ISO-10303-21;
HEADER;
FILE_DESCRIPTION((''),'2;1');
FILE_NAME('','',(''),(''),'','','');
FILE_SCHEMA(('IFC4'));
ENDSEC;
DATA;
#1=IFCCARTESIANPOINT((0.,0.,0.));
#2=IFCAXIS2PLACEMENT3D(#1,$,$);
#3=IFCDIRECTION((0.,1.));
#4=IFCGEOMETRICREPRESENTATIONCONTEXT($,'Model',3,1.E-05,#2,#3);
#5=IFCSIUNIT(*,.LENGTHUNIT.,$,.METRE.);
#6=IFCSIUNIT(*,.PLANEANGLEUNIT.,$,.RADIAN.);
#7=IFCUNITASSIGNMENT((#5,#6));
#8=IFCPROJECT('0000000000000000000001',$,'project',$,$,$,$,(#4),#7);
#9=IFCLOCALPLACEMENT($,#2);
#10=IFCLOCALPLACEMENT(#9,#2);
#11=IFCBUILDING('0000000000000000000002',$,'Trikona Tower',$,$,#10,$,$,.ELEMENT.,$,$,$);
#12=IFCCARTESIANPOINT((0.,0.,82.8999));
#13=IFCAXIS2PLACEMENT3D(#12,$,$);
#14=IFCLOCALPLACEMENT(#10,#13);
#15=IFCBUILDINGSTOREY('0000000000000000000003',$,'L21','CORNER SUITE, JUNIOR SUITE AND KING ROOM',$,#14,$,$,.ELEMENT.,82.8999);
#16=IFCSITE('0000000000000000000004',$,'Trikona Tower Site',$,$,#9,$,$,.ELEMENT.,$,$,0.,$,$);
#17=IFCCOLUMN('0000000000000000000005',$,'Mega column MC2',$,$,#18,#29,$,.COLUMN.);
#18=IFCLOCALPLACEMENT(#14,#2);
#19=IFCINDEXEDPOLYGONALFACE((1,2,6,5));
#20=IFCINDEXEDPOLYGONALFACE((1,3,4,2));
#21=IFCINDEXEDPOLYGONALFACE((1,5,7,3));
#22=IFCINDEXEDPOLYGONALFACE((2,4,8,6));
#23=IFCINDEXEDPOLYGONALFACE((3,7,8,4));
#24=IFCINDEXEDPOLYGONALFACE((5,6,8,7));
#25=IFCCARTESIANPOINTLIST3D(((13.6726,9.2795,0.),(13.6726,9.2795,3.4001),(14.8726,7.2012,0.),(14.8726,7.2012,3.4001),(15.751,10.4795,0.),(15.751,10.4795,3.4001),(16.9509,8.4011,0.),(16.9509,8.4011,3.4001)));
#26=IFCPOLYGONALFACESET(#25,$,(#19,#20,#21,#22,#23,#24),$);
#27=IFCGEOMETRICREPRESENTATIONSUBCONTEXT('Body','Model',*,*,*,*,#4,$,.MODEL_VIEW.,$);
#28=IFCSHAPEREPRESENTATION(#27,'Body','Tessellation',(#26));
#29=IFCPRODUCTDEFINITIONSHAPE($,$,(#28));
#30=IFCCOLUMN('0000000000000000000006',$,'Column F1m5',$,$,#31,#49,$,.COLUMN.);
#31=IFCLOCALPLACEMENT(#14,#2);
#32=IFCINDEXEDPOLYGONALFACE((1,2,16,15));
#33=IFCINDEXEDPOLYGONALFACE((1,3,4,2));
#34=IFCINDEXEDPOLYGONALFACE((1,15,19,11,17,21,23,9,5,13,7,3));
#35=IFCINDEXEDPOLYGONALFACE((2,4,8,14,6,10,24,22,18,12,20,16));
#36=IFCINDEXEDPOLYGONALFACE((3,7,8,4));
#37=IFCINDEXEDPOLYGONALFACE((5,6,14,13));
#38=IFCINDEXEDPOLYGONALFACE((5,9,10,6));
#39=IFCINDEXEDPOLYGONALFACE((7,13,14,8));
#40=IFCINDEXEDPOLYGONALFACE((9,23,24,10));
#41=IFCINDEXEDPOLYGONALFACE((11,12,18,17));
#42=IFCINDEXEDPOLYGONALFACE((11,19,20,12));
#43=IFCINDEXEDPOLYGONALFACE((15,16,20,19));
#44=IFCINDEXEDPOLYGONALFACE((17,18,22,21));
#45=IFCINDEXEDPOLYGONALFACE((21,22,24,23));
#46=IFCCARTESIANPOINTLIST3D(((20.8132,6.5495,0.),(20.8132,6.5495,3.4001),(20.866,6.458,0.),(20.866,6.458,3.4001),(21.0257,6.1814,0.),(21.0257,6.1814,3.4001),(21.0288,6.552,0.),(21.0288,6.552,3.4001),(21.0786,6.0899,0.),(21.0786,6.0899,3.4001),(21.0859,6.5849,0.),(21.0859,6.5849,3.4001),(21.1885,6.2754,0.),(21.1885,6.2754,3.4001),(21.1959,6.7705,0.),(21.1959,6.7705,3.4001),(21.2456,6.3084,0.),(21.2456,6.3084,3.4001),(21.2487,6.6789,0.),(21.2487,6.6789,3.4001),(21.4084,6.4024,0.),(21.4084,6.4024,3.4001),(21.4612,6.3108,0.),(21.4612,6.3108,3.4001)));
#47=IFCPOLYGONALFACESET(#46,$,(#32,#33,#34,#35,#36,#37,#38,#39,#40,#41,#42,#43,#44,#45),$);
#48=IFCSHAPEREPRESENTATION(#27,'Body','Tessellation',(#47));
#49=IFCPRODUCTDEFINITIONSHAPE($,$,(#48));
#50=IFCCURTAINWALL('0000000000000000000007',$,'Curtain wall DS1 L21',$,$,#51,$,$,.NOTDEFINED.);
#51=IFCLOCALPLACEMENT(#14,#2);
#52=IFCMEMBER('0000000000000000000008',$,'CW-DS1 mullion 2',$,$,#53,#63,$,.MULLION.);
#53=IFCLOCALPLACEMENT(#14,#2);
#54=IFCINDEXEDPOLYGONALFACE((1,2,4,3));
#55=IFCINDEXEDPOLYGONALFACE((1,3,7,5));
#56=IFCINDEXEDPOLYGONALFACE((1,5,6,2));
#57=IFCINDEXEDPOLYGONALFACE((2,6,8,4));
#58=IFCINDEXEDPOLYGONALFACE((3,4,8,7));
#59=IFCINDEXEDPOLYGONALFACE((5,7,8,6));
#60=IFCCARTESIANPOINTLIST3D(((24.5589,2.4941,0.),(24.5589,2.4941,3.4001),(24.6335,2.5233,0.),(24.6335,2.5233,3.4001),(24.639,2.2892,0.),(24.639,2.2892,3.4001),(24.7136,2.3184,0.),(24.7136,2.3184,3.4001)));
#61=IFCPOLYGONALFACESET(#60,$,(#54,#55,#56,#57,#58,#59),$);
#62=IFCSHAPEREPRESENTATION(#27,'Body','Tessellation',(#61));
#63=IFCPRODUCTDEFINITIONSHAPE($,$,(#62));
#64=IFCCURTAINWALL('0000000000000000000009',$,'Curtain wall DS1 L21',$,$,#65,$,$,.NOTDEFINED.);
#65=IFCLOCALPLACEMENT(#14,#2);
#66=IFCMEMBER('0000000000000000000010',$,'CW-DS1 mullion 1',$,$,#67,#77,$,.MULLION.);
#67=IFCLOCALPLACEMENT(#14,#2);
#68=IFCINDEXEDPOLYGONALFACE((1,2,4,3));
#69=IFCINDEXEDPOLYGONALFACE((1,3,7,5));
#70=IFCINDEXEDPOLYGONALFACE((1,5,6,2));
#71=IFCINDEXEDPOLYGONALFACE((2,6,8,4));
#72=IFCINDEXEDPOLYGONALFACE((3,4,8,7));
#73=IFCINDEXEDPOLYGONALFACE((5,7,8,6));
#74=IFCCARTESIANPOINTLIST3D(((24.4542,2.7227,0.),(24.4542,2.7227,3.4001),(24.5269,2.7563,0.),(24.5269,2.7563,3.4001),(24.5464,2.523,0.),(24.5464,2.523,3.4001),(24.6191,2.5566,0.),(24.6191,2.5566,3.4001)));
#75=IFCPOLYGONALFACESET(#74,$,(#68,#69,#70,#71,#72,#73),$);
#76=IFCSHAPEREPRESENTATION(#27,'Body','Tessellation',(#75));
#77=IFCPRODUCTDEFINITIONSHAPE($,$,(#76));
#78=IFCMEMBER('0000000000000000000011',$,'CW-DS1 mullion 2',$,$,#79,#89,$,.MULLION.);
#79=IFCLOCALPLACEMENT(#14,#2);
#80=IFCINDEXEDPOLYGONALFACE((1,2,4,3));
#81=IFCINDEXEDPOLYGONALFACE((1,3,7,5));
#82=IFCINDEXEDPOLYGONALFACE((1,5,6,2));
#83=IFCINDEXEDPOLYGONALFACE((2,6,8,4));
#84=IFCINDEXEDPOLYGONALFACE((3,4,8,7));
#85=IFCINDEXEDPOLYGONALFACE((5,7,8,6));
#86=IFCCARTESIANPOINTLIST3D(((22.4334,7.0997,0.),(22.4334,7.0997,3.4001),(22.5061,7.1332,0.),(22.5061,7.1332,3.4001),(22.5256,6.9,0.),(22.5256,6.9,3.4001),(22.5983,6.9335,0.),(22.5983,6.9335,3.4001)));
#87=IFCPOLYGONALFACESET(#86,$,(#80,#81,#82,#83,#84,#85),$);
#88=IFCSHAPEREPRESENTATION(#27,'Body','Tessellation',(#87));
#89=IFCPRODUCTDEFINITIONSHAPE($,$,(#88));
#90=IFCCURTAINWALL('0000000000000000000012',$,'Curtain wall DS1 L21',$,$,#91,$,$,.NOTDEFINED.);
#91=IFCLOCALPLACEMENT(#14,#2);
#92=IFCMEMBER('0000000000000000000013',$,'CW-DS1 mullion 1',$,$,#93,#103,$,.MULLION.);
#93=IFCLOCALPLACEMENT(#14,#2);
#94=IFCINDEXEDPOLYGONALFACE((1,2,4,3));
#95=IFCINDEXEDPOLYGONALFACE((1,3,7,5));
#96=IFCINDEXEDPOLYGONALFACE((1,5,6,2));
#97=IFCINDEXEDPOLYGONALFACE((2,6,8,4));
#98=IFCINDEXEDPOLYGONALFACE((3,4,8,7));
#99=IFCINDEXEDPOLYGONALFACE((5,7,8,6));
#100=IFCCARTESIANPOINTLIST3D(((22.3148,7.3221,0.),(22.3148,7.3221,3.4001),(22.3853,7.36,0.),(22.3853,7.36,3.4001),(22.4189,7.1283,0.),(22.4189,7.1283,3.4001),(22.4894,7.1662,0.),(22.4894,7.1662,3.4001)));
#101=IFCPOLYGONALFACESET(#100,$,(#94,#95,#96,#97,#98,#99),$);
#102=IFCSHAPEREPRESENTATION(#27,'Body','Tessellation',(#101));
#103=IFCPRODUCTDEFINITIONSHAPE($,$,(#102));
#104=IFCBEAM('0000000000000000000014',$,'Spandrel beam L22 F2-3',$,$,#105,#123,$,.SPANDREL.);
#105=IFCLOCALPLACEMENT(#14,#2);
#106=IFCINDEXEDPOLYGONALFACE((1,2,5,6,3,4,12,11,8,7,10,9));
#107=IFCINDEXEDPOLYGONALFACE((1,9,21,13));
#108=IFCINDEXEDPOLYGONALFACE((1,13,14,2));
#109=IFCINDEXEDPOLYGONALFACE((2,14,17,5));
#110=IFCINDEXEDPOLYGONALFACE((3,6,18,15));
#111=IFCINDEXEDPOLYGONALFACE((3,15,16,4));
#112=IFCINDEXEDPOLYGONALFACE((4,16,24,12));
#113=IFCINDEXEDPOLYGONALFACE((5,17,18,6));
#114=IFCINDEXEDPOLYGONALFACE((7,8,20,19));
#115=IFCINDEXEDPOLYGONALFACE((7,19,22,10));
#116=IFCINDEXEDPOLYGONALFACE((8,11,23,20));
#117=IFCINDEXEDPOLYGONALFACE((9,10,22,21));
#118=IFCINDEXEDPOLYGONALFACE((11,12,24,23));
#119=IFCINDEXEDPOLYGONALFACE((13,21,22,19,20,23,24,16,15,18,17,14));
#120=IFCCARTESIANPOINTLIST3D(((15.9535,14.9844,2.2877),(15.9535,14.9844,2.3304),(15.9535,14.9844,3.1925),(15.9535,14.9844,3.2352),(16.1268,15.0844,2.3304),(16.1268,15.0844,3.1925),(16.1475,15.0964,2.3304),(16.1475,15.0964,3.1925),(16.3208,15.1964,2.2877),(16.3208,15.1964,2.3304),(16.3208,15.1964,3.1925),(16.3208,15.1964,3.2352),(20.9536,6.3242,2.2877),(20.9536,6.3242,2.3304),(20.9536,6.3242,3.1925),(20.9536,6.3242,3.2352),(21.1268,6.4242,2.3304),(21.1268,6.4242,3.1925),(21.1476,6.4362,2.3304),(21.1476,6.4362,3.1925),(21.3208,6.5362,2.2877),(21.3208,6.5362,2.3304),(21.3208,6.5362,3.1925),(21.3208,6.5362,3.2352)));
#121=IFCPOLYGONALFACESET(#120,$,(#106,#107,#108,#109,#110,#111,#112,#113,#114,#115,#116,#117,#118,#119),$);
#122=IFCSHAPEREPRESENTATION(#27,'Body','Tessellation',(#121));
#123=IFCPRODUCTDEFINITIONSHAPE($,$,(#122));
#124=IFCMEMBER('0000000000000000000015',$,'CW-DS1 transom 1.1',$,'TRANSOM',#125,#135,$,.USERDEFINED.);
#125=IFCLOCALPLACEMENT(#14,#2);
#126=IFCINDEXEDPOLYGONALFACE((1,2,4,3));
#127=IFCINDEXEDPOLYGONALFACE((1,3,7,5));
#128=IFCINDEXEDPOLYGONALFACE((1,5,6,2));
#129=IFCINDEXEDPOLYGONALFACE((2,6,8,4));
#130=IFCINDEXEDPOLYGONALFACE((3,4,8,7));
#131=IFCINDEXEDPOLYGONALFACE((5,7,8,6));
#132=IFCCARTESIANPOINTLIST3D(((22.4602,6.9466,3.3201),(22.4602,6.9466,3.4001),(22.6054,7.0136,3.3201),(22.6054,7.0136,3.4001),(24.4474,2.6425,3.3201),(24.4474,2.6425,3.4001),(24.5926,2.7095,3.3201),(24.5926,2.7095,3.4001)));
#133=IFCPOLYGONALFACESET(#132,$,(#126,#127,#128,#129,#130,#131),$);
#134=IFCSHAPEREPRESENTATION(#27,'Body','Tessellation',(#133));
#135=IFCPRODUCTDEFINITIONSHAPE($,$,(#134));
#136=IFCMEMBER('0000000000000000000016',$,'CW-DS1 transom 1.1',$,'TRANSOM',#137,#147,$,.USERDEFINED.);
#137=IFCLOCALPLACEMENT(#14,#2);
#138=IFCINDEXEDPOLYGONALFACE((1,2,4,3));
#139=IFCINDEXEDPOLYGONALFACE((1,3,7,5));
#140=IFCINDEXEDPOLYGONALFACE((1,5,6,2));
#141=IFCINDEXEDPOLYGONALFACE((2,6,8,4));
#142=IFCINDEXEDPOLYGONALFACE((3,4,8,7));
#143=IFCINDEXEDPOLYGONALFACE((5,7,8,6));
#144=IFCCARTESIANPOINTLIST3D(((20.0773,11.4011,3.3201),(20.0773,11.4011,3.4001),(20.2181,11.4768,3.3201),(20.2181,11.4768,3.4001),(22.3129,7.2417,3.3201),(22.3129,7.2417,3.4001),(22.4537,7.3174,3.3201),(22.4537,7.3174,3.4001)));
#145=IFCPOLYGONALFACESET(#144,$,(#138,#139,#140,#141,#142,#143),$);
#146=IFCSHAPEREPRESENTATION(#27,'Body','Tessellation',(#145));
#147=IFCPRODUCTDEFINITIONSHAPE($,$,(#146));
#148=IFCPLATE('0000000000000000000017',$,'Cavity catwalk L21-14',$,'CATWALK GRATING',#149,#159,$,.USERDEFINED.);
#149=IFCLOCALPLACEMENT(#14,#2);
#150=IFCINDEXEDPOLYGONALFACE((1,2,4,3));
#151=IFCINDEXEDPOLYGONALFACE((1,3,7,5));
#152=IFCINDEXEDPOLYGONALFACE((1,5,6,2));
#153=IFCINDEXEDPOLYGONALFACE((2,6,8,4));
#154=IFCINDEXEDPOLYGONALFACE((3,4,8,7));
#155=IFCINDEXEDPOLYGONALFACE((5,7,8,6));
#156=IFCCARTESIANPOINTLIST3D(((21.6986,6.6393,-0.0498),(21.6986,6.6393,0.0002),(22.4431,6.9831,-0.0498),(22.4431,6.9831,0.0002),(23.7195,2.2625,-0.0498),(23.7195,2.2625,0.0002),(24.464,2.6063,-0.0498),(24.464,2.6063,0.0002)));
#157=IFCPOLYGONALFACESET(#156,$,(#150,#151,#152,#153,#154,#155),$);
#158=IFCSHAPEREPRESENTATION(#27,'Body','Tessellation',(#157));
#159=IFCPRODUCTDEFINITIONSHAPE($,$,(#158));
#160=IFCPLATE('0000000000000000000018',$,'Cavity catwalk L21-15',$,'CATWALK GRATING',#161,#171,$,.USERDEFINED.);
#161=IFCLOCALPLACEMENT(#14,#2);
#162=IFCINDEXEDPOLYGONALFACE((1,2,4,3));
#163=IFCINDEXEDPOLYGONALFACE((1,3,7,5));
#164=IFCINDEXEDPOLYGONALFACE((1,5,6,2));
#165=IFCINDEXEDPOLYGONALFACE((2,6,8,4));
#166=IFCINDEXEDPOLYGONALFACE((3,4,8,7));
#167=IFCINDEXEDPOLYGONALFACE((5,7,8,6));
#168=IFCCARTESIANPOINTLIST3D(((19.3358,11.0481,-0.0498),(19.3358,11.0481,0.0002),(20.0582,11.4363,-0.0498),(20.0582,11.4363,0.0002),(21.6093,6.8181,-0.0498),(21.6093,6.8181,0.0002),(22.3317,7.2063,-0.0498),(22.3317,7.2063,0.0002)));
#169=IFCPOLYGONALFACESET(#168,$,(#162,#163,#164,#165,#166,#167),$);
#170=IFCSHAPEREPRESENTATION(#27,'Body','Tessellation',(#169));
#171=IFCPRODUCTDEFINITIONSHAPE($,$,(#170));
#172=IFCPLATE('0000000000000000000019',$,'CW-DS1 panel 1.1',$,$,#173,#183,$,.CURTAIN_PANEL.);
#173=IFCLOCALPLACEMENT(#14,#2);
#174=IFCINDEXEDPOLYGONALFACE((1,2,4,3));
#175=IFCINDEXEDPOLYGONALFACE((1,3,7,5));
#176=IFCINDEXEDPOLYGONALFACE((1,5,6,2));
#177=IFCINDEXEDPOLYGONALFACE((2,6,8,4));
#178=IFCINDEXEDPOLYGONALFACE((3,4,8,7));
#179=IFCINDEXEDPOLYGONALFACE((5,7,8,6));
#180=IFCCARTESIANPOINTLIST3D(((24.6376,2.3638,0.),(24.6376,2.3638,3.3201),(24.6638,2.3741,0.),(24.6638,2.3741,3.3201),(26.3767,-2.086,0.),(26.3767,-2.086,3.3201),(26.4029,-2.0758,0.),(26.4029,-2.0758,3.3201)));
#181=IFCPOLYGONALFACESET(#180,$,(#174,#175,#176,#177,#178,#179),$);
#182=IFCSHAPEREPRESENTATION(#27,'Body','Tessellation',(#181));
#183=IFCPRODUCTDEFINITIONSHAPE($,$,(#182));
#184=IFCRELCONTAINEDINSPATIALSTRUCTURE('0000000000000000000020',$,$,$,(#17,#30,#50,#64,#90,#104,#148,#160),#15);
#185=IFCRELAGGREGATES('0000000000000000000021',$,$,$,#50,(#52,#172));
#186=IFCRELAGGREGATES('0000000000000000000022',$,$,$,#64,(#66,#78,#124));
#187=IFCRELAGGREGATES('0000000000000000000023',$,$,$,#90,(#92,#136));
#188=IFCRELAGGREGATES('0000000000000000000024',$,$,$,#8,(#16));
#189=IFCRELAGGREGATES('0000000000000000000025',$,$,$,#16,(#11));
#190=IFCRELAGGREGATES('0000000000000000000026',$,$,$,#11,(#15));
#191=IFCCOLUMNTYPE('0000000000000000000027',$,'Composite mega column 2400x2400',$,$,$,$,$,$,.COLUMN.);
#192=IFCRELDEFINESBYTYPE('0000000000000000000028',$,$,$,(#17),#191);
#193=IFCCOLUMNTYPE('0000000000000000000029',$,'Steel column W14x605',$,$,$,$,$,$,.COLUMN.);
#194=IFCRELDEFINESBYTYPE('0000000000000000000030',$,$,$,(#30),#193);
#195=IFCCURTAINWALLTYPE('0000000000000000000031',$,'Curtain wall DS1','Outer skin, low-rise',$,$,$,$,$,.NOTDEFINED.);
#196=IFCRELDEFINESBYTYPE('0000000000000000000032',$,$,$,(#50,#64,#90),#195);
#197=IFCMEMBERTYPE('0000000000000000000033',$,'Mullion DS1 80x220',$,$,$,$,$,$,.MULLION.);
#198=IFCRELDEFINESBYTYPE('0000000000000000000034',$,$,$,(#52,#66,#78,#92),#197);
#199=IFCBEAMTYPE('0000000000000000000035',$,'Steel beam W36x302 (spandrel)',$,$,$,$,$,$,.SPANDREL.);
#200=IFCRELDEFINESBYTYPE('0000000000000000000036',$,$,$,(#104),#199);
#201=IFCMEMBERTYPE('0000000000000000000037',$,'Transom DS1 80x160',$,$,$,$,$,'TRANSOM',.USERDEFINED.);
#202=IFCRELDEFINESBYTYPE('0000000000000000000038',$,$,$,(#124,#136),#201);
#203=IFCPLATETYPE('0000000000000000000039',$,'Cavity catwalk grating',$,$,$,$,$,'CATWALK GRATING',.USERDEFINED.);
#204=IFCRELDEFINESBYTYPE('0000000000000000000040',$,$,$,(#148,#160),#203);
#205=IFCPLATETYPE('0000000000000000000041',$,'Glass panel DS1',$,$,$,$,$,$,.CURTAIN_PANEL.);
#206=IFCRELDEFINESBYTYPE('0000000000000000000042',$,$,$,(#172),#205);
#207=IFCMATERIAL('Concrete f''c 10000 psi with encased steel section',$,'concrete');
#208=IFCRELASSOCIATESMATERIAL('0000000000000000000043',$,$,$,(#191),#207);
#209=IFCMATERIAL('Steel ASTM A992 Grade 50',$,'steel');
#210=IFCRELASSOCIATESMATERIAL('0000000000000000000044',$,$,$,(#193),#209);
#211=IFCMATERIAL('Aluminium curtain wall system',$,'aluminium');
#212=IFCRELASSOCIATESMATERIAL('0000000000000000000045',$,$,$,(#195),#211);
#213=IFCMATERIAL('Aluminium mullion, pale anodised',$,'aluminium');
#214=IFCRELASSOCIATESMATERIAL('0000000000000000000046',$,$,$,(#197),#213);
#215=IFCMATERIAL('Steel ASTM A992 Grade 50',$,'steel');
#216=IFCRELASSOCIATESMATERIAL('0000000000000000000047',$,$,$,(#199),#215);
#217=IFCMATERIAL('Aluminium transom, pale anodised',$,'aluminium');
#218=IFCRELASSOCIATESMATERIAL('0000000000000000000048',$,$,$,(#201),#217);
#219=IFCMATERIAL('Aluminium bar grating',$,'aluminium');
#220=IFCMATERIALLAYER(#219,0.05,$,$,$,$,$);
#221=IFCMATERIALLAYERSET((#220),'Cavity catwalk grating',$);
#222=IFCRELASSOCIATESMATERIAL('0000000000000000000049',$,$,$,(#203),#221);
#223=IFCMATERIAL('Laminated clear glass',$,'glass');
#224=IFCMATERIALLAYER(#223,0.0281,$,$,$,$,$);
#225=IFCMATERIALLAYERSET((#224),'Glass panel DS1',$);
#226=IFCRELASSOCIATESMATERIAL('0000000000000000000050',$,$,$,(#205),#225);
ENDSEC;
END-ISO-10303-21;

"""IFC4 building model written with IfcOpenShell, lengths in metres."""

from ifc_helpers import new_model, si_unit, direction, frame, origin, origin_2d, place, context, subcontext, project, spatial, rectangle, i_section, extrude, material, layer, layer_set, material_profile, profile_set, type_object, element, aggregate, save


model = new_model("IFC4")

# Units and contexts
model_context = context("Model", 3, precision=1e-05, world=origin(), true_north=direction((0.0, 1.0)))
body_context = subcontext(model_context, "Body", "Model", "MODEL_VIEW")
ifc_project = project(units=[si_unit("LENGTHUNIT", "METRE"), si_unit("PLANEANGLEUNIT", "RADIAN")], contexts=[model_context])

# Site, building, storey
site_placement = place(None, origin())
site = spatial("IfcSite", under=ifc_project, at=site_placement, Name="Trikona Tower Site", CompositionType="ELEMENT", RefElevation=0.0)
building_placement = place(site_placement, origin())
building = spatial("IfcBuilding", under=site, at=building_placement, Name="Trikona Tower", CompositionType="ELEMENT")
storey_placement = place(building_placement, frame((0.0, 0.0, 82.8999)))
storey = spatial("IfcBuildingStorey", under=building, at=storey_placement, Name="L21", Description="CORNER SUITE, JUNIOR SUITE AND KING ROOM", CompositionType="ELEMENT", Elevation=82.8999)

# Columns
ifc_material_1 = material(Name="Concrete f'c 10000 psi with encased steel section", Category="concrete")
ifc_material_profile_1 = material_profile(ifc_material_1, rectangle(XDim=2.3999, YDim=2.3999, at=origin_2d()), Name="MC2400")
ifc_profile_set_1 = profile_set([ifc_material_profile_1], Name="Concrete f'c 10000 psi with encased steel section")
column_type_1 = type_object("IfcColumnType", Name="Composite mega column 2400x2400", PredefinedType="COLUMN", material=ifc_profile_set_1)
column_1_placement = place(storey_placement, frame((15.3118, 8.8403, 0.0), z_axis=(0.0, 0.0, 1.0), x_axis=(0.866025, 0.5, 0.0)))
element("IfcColumn", 1, at=column_1_placement, inside=storey, type_object=column_type_1, Name="Mega column MC2", PredefinedType="COLUMN", context=body_context, shape_type="SweptSolid", body=[
    extrude(rectangle(XDim=2.3999, YDim=2.3999, at=origin_2d()), origin(), (0.0, 0.0, 1.0), 3.4001),
])
ifc_material_2 = material(Name="Steel ASTM A992 Grade 50", Category="steel")
ifc_material_profile_2 = material_profile(ifc_material_2, i_section(OverallWidth=0.4419, OverallDepth=0.5308, WebThickness=0.0659, FlangeThickness=0.1057, at=origin_2d()), Name="W14X605")
ifc_profile_set_2 = profile_set([ifc_material_profile_2], Name="Steel ASTM A992 Grade 50")
column_type_2 = type_object("IfcColumnType", Name="Steel column W14x605", PredefinedType="COLUMN", material=ifc_profile_set_2)
column_2_placement = place(storey_placement, frame((21.1372, 6.4302, 0.0), z_axis=(0.0, 0.0, 1.0), x_axis=(0.866025, 0.5, 0.0)))
element("IfcColumn", 2, at=column_2_placement, inside=storey, type_object=column_type_2, Name="Column F1m5", PredefinedType="COLUMN", context=body_context, shape_type="SweptSolid", body=[
    extrude(i_section(OverallWidth=0.4419, OverallDepth=0.5308, WebThickness=0.0659, FlangeThickness=0.1057, at=origin_2d()), origin(), (0.0, 0.0, 1.0), 3.4001),
])

# Curtain wall, member
ifc_material_3 = material(Name="Aluminium curtain wall system", Category="aluminium")
curtain_wall_type = type_object("IfcCurtainWallType", Name="Curtain wall DS1", Description="Outer skin, low-rise", PredefinedType="NOTDEFINED", material=ifc_material_3)
curtain_wall_1_placement = place(storey_placement, origin())
curtain_wall_1 = element("IfcCurtainWall", 3, at=curtain_wall_1_placement, inside=storey, type_object=curtain_wall_type, Name="Curtain wall DS1 L21", PredefinedType="NOTDEFINED")
ifc_material_4 = material(Name="Aluminium mullion, pale anodised", Category="aluminium")
ifc_material_profile_3 = material_profile(ifc_material_4, rectangle(XDim=0.0801, YDim=0.22, at=origin_2d()), Name="MUL-DS1")
ifc_profile_set_3 = profile_set([ifc_material_profile_3], Name="Aluminium mullion, pale anodised")
member_type_1 = type_object("IfcMemberType", Name="Mullion DS1 80x220", PredefinedType="MULLION", material=ifc_profile_set_3)
member_1_placement = place(storey_placement, frame((24.6362, 2.4062, 0.0), z_axis=(0.0, 0.0, 1.0), x_axis=(-0.931396, -0.364008, 0.0)))
member_1 = element("IfcMember", 4, at=member_1_placement, type_object=member_type_1, Name="CW-DS1 mullion 2", PredefinedType="MULLION", context=body_context, shape_type="SweptSolid", body=[
    extrude(rectangle(XDim=0.0801, YDim=0.22, at=origin_2d()), origin(), (0.0, 0.0, 1.0), 3.4001),
])

# Curtain wall, members
curtain_wall_2_placement = place(storey_placement, origin())
curtain_wall_2 = element("IfcCurtainWall", 5, at=curtain_wall_2_placement, inside=storey, type_object=curtain_wall_type, Name="Curtain wall DS1 L21", PredefinedType="NOTDEFINED")
member_2_placement = place(storey_placement, frame((24.5366, 2.6396, 0.0), z_axis=(0.0, 0.0, 1.0), x_axis=(-0.907898, -0.41919, 0.0)))
member_2 = element("IfcMember", 6, at=member_2_placement, type_object=member_type_1, Name="CW-DS1 mullion 1", PredefinedType="MULLION", context=body_context, shape_type="SweptSolid", body=[
    extrude(rectangle(XDim=0.0801, YDim=0.22, at=origin_2d()), origin(), (0.0, 0.0, 1.0), 3.4001),
])
member_3_placement = place(storey_placement, frame((22.5159, 7.0166, 0.0), z_axis=(0.0, 0.0, 1.0), x_axis=(-0.907898, -0.41919, 0.0)))
member_3 = element("IfcMember", 7, at=member_3_placement, type_object=member_type_1, Name="CW-DS1 mullion 2", PredefinedType="MULLION", context=body_context, shape_type="SweptSolid", body=[
    extrude(rectangle(XDim=0.0801, YDim=0.22, at=origin_2d()), origin(), (0.0, 0.0, 1.0), 3.4001),
])

# Curtain wall, member
curtain_wall_3_placement = place(storey_placement, origin())
curtain_wall_3 = element("IfcCurtainWall", 8, at=curtain_wall_3_placement, inside=storey, type_object=curtain_wall_type, Name="Curtain wall DS1 L21", PredefinedType="NOTDEFINED")
member_4_placement = place(storey_placement, frame((22.4021, 7.2441, 0.0), z_axis=(0.0, 0.0, 1.0), x_axis=(-0.880843, -0.473408, 0.0)))
member_4 = element("IfcMember", 9, at=member_4_placement, type_object=member_type_1, Name="CW-DS1 mullion 1", PredefinedType="MULLION", context=body_context, shape_type="SweptSolid", body=[
    extrude(rectangle(XDim=0.0801, YDim=0.22, at=origin_2d()), origin(), (0.0, 0.0, 1.0), 3.4001),
])

# Beam
ifc_material_5 = material(Name="Steel ASTM A992 Grade 50", Category="steel")
ifc_material_profile_4 = material_profile(ifc_material_5, i_section(OverallWidth=0.4241, OverallDepth=0.9475, WebThickness=0.0239, FlangeThickness=0.0427, at=origin_2d()), Name="W36X302")
ifc_profile_set_4 = profile_set([ifc_material_profile_4], Name="Steel ASTM A992 Grade 50")
beam_type = type_object("IfcBeamType", Name="Steel beam W36x302 (spandrel)", PredefinedType="SPANDREL", material=ifc_profile_set_4)
beam_placement = place(storey_placement, frame((21.1372, 6.4302, 2.7615), z_axis=(-0.500004, 0.866023, 0.0), x_axis=(-0.866023, -0.500004, 0.0)))
element("IfcBeam", 10, at=beam_placement, inside=storey, type_object=beam_type, Name="Spandrel beam L22 F2-3", PredefinedType="SPANDREL", context=body_context, shape_type="SweptSolid", body=[
    extrude(i_section(OverallWidth=0.4241, OverallDepth=0.9475, WebThickness=0.0239, FlangeThickness=0.0427, at=origin_2d()), origin(), (0.0, 0.0, 1.0), 10.0),
])

# Members
ifc_material_6 = material(Name="Aluminium transom, pale anodised", Category="aluminium")
ifc_material_profile_5 = material_profile(ifc_material_6, rectangle(XDim=0.1599, YDim=0.0801, at=origin_2d()), Name="TRN-DS1")
ifc_profile_set_5 = profile_set([ifc_material_profile_5], Name="Aluminium transom, pale anodised")
member_type_2 = type_object("IfcMemberType", Name="Transom DS1 80x160", ElementType="TRANSOM", PredefinedType="USERDEFINED", material=ifc_profile_set_5)
member_5_placement = place(storey_placement, frame((24.52, 2.676, 3.3601), z_axis=(-0.419189, 0.907899, 0.0), x_axis=(-0.907899, -0.419189, 0.0)))
member_5 = element("IfcMember", 11, at=member_5_placement, type_object=member_type_2, Name="CW-DS1 transom 1.1", ObjectType="TRANSOM", PredefinedType="USERDEFINED", context=body_context, shape_type="SweptSolid", body=[
    extrude(rectangle(XDim=0.1599, YDim=0.0801, at=origin_2d()), origin(), (0.0, 0.0, 1.0), 4.7407),
])
member_6_placement = place(storey_placement, frame((22.3833, 7.2795, 3.3601), z_axis=(-0.473428, 0.880833, 0.0), x_axis=(-0.880833, -0.473428, 0.0)))
member_6 = element("IfcMember", 12, at=member_6_placement, type_object=member_type_2, Name="CW-DS1 transom 1.1", ObjectType="TRANSOM", PredefinedType="USERDEFINED", context=body_context, shape_type="SweptSolid", body=[
    extrude(rectangle(XDim=0.1599, YDim=0.0801, at=origin_2d()), origin(), (0.0, 0.0, 1.0), 4.7222),
])

# Plates
ifc_material_7 = material(Name="Aluminium bar grating", Category="aluminium")
ifc_layer_1 = layer(ifc_material_7, 0.05)
ifc_layer_set_1 = layer_set([ifc_layer_1], Name="Cavity catwalk grating")
plate_type_1 = type_object("IfcPlateType", Name="Cavity catwalk grating", ElementType="CATWALK GRATING", PredefinedType="USERDEFINED", material=ifc_layer_set_1)
plate_1_placement = place(storey_placement, frame((23.0813, 4.6228, -0.0498), z_axis=(0.0, 0.0, 1.0), x_axis=(-0.419194, 0.907897, 0.0)))
element("IfcPlate", 13, at=plate_1_placement, inside=storey, type_object=plate_type_1, Name="Cavity catwalk L21-14", ObjectType="CATWALK GRATING", PredefinedType="USERDEFINED", context=body_context, shape_type="SweptSolid", body=[
    extrude(rectangle(XDim=4.8208, YDim=0.8201, at=origin_2d()), origin(), (0.0, 0.0, 1.0), 0.05),
])
plate_2_placement = place(storey_placement, frame((20.8337, 9.1272, -0.0498), z_axis=(0.0, 0.0, 1.0), x_axis=(-0.473423, 0.880835, 0.0)))
element("IfcPlate", 14, at=plate_2_placement, inside=storey, type_object=plate_type_1, Name="Cavity catwalk L21-15", ObjectType="CATWALK GRATING", PredefinedType="USERDEFINED", context=body_context, shape_type="SweptSolid", body=[
    extrude(rectangle(XDim=4.8022, YDim=0.8201, at=origin_2d()), origin(), (0.0, 0.0, 1.0), 0.05),
])

# Plate
ifc_material_8 = material(Name="Laminated clear glass", Category="glass")
ifc_layer_2 = layer(ifc_material_8, 0.0281)
ifc_layer_set_2 = layer_set([ifc_layer_2], Name="Glass panel DS1")
plate_type_2 = type_object("IfcPlateType", Name="Glass panel DS1", PredefinedType="CURTAIN_PANEL", material=ifc_layer_set_2)
plate_3_placement = place(storey_placement, frame((25.5203, 0.144, 0.0), z_axis=(0.0, 0.0, 1.0), x_axis=(-0.364008, 0.931396, 0.0)))
plate_3 = element("IfcPlate", 15, at=plate_3_placement, type_object=plate_type_2, Name="CW-DS1 panel 1.1", PredefinedType="CURTAIN_PANEL", context=body_context, shape_type="SweptSolid", body=[
    extrude(rectangle(XDim=4.7776, YDim=0.0281, at=origin_2d()), origin(), (0.0, 0.0, 1.0), 3.3201),
])
aggregate(curtain_wall_1, [member_1, plate_3])
aggregate(curtain_wall_2, [member_2, member_3, member_5])
aggregate(curtain_wall_3, [member_4, member_6])

save(model, "model.ifc")
